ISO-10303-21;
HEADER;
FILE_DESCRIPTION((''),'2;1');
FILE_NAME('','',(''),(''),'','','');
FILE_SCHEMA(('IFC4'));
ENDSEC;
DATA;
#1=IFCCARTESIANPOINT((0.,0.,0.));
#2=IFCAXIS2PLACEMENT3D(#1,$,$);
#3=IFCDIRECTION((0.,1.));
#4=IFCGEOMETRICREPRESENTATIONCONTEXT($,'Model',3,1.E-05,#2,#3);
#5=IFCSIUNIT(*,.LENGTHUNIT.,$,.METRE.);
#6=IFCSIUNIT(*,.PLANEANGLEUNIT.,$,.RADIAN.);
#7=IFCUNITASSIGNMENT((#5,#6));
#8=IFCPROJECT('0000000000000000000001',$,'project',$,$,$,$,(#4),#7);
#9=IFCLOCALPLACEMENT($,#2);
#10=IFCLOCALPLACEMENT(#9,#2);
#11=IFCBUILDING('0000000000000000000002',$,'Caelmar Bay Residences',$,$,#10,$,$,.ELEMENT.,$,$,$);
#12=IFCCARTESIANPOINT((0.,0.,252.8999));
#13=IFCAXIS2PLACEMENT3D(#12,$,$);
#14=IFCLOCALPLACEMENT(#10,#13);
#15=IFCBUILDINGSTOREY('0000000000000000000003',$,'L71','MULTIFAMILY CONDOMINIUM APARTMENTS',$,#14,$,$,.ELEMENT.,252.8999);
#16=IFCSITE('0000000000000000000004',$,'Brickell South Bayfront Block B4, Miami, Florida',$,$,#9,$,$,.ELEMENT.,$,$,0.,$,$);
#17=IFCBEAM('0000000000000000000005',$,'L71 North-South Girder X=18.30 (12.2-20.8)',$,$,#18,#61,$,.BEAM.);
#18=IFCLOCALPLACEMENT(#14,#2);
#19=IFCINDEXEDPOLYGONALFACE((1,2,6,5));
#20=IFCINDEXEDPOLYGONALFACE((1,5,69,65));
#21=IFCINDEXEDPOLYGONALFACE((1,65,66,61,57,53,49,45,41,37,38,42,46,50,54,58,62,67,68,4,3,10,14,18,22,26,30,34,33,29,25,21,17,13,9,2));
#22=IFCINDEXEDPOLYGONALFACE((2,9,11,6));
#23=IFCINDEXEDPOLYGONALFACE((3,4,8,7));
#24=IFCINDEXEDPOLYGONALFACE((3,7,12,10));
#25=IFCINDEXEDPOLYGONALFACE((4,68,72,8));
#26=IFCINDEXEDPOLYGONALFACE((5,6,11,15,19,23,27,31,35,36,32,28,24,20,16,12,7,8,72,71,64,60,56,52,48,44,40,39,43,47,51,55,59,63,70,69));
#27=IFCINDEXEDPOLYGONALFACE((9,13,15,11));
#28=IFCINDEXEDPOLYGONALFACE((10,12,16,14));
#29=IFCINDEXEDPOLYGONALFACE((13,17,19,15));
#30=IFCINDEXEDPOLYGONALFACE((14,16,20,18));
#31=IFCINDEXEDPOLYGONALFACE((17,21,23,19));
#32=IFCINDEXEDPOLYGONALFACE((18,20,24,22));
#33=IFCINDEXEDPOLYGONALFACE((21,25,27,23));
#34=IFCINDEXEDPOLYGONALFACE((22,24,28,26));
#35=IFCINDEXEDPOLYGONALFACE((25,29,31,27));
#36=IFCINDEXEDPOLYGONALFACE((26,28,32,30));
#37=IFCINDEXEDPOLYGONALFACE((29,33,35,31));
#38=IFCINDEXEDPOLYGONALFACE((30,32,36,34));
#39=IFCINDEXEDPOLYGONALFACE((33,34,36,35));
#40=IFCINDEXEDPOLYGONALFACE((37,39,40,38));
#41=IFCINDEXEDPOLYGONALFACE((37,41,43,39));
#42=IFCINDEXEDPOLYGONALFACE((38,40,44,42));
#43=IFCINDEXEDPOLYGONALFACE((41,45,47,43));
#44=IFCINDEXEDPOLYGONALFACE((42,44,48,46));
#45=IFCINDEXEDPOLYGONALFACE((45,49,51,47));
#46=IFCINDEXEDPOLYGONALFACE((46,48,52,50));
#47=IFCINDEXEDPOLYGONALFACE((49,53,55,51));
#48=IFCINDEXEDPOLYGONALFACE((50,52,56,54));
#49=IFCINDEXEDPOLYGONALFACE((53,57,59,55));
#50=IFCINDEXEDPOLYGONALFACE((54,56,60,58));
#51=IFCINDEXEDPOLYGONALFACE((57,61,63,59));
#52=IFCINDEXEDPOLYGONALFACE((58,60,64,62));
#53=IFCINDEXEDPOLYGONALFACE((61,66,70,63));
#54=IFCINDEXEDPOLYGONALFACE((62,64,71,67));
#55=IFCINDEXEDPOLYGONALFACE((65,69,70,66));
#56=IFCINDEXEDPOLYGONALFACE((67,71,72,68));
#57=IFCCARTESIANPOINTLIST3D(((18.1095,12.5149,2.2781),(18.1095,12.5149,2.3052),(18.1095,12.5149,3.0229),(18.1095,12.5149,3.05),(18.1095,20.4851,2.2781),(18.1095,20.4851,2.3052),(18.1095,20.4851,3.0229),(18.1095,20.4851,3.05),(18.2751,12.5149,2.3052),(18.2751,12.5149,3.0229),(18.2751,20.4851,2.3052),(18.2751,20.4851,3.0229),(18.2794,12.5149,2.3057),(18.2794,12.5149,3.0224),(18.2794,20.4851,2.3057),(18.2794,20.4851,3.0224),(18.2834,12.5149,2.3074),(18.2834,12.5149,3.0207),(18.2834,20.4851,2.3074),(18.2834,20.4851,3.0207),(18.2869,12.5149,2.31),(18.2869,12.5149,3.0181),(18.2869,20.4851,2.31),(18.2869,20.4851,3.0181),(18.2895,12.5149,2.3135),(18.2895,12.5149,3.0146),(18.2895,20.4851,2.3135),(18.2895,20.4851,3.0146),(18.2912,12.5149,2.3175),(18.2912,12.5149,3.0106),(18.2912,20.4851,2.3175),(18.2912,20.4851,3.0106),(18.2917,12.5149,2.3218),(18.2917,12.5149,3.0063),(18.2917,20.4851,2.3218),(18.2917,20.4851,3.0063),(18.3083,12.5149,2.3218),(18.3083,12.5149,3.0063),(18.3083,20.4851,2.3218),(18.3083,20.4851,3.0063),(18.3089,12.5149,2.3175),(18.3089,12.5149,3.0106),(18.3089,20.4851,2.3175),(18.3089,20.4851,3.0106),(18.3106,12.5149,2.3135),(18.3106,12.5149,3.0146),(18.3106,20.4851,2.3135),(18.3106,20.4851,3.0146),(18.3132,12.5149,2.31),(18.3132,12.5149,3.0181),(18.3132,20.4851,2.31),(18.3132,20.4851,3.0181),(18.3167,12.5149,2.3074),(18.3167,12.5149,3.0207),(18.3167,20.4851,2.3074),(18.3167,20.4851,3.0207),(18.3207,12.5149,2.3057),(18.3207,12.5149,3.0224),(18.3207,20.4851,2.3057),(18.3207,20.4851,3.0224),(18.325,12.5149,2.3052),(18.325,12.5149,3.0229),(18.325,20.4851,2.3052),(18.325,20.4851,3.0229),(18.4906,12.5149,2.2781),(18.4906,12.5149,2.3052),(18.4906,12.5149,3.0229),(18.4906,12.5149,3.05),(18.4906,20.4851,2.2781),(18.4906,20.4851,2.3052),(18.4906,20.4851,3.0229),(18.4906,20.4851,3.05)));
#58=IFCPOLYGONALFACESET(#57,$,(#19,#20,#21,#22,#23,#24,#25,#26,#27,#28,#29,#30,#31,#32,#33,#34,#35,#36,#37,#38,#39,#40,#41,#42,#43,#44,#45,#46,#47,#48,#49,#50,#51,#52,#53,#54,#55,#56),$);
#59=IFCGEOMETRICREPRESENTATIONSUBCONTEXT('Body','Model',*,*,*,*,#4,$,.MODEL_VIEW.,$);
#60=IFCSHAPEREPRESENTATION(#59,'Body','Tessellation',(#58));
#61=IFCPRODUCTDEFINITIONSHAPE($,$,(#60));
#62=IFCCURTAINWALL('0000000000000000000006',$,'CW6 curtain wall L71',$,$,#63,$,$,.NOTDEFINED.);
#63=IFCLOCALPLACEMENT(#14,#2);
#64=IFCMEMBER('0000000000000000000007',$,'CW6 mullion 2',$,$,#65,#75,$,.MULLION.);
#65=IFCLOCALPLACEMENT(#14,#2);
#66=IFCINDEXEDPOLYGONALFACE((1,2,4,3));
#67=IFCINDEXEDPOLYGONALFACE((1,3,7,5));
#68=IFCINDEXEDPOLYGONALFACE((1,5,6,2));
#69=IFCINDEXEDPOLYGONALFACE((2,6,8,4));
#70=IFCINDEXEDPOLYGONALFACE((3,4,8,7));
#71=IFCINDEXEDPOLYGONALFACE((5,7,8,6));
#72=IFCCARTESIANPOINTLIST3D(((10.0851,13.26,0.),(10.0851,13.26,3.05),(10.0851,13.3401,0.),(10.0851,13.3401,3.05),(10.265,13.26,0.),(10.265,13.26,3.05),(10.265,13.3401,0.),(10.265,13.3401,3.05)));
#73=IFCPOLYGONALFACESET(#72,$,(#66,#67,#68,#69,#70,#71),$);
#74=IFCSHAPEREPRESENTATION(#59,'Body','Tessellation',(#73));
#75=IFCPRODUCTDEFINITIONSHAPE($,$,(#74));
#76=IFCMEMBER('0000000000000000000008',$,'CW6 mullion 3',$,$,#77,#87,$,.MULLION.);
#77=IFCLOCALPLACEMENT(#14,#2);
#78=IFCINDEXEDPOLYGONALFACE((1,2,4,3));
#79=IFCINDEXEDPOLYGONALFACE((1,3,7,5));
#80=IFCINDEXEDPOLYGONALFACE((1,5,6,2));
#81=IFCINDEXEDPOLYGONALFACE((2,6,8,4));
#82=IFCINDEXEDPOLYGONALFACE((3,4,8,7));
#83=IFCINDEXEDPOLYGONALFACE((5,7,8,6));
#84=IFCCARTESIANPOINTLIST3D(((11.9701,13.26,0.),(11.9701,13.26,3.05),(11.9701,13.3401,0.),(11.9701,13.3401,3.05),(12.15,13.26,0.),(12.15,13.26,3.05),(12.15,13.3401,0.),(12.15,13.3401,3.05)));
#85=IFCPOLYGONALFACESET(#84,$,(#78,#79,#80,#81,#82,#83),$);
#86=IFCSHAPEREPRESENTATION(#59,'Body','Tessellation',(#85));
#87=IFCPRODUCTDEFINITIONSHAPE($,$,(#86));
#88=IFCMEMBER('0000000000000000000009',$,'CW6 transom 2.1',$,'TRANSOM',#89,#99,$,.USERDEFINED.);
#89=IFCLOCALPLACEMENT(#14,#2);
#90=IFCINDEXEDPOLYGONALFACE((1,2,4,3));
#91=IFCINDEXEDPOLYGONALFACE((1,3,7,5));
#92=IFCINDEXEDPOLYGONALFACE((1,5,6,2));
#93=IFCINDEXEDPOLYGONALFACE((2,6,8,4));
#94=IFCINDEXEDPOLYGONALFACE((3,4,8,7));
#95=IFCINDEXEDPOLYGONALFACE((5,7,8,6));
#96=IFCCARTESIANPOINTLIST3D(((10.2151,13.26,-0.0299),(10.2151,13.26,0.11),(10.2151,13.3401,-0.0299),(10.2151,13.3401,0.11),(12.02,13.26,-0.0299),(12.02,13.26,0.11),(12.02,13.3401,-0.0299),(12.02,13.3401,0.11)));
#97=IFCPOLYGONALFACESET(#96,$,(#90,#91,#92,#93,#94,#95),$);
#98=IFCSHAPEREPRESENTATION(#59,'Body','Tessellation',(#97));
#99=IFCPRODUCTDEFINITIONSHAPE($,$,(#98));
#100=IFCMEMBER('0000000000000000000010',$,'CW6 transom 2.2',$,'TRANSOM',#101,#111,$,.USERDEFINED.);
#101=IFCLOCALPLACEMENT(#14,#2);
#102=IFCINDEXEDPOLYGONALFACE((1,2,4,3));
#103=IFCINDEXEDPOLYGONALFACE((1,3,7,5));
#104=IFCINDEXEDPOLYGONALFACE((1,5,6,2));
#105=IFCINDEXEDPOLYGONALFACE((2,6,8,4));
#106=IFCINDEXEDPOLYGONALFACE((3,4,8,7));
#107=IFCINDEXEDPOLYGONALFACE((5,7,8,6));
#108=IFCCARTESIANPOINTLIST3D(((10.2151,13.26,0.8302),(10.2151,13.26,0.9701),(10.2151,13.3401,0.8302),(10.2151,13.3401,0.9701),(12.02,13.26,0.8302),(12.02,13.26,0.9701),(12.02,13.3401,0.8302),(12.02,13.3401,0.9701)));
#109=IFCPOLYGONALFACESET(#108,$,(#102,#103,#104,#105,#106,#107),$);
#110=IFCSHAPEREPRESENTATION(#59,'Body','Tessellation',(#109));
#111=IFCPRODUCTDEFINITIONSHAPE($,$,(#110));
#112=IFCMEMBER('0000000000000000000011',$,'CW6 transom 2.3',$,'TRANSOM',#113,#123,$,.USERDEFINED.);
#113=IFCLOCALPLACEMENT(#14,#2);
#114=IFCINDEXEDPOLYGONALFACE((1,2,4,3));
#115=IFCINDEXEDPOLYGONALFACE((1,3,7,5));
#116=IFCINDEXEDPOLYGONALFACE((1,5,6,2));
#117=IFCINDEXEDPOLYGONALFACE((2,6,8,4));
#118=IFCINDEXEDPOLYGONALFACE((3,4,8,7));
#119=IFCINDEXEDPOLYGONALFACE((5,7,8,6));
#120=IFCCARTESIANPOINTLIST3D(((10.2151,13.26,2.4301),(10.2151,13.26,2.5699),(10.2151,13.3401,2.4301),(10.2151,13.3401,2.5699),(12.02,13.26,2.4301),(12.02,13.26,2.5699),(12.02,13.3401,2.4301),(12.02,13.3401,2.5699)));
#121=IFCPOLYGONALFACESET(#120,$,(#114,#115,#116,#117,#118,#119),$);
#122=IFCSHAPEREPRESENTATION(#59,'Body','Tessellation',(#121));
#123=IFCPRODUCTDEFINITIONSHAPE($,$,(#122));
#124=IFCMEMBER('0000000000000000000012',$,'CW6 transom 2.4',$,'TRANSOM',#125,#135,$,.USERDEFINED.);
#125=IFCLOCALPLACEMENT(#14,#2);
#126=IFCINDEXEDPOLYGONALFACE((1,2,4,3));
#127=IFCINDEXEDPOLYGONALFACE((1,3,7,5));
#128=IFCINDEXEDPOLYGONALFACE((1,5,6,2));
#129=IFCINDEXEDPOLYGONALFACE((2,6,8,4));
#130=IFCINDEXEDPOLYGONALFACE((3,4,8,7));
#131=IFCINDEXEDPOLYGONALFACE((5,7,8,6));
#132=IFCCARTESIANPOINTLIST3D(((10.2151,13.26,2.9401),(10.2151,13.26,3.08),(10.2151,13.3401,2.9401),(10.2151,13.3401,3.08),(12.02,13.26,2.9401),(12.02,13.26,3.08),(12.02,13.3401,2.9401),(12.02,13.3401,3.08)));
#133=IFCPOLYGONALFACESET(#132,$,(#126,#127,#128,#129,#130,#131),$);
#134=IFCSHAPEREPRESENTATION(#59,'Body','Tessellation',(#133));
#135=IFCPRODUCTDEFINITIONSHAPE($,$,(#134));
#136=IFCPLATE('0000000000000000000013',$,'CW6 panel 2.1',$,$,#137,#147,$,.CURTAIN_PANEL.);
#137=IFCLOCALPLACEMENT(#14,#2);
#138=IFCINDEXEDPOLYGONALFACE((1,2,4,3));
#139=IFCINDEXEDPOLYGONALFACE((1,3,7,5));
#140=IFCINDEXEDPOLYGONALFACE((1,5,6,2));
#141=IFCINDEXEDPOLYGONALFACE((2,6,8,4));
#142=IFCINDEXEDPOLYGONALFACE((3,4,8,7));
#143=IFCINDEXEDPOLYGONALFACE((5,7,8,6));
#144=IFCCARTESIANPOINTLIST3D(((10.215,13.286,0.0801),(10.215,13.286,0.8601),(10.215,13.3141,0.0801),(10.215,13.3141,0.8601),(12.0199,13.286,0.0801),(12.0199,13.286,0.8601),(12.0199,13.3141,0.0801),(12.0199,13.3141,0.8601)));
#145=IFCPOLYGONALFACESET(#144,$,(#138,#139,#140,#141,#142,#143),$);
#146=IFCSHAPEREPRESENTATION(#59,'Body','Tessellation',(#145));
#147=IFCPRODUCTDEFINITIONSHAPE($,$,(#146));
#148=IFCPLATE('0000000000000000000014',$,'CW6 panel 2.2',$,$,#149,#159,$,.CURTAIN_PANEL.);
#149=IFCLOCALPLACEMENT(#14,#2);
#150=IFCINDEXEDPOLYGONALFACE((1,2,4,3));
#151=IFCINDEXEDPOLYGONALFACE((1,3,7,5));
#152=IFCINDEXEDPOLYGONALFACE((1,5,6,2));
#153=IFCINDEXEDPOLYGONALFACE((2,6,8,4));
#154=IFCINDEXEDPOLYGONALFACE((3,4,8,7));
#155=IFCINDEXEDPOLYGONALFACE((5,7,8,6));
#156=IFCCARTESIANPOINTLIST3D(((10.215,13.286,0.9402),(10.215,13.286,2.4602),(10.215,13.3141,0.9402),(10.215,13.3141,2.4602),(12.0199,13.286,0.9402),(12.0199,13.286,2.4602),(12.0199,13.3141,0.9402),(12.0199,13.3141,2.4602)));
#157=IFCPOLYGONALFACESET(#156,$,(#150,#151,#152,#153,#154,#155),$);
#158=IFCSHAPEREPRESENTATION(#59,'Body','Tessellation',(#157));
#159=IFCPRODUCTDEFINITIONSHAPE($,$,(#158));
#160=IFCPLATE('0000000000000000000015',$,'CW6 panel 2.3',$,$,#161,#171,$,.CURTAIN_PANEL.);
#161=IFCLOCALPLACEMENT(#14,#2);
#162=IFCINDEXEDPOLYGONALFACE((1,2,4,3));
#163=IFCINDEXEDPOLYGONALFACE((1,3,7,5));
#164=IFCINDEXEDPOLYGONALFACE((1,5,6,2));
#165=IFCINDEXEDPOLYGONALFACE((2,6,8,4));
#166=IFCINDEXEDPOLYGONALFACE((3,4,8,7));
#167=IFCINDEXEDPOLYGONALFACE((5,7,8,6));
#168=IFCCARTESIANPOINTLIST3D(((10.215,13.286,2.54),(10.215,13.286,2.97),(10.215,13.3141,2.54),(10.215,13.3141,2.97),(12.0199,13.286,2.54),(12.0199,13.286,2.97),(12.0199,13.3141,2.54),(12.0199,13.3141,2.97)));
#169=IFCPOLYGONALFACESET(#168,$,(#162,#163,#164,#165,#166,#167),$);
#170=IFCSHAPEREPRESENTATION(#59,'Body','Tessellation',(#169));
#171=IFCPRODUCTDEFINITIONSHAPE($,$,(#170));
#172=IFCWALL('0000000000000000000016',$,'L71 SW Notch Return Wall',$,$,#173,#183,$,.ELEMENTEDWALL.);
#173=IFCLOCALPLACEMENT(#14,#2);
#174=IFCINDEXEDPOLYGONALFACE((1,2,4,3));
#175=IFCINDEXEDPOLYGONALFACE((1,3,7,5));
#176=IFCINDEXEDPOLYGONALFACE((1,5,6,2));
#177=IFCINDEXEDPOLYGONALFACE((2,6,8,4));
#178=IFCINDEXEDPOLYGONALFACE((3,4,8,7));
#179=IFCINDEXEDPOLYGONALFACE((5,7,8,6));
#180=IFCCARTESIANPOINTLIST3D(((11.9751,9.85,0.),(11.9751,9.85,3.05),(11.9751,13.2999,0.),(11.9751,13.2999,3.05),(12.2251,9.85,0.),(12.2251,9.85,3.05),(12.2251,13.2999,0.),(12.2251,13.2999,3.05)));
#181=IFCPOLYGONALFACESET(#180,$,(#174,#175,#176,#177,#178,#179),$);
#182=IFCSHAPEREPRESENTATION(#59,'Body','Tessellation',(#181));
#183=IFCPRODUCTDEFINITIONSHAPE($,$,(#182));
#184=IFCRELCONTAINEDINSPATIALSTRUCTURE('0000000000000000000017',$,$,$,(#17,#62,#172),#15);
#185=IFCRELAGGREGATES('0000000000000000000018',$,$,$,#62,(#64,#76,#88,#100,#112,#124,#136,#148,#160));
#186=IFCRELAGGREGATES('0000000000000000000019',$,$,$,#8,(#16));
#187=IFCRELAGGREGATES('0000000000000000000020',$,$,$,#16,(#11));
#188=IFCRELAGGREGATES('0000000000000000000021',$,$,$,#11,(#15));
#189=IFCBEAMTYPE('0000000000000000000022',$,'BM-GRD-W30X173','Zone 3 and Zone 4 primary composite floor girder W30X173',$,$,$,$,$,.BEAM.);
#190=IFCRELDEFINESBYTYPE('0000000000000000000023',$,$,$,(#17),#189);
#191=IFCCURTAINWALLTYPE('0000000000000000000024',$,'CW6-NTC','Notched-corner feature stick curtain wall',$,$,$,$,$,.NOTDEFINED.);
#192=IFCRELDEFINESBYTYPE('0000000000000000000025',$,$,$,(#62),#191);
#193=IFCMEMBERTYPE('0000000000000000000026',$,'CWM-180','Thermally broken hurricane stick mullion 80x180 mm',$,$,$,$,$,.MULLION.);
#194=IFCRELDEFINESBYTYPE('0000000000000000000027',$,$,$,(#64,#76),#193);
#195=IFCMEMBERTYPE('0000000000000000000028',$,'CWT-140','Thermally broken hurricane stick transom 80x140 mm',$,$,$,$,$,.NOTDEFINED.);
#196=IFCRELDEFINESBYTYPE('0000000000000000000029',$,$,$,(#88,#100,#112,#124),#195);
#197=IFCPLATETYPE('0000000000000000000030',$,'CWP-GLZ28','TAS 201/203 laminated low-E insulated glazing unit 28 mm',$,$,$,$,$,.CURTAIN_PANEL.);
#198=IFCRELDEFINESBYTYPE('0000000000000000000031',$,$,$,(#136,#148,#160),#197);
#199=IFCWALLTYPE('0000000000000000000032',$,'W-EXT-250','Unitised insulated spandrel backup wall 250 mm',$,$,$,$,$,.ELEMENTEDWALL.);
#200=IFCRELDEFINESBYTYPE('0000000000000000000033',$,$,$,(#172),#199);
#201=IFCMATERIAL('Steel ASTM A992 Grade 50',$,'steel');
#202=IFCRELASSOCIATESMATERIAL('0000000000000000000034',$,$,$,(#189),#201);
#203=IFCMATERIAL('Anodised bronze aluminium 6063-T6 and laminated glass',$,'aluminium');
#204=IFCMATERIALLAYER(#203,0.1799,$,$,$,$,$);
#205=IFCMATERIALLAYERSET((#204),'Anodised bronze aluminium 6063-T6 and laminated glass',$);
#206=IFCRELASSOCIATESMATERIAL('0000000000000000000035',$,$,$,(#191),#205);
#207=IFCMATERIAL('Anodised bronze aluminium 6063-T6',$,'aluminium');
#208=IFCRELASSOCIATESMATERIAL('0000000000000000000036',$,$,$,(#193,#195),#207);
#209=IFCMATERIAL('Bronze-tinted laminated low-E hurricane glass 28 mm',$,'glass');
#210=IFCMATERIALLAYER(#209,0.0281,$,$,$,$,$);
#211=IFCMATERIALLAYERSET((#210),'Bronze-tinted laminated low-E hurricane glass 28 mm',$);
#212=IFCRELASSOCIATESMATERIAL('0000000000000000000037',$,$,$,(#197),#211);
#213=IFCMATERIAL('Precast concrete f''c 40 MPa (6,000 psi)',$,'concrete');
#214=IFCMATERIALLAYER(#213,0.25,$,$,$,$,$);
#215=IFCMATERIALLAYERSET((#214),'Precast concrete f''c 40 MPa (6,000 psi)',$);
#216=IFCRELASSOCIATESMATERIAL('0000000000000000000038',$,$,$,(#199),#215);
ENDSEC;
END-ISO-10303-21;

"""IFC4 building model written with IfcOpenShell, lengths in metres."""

from ifc_helpers import new_model, si_unit, direction, frame, frame_2d, origin, origin_2d, place, context, subcontext, project, spatial, rectangle, i_section, extrude, material, layer, layer_set, material_profile, profile_set, type_object, element, aggregate, save


model = new_model("IFC4")

# Units and contexts
model_context = context("Model", 3, precision=1e-05, world=origin(), true_north=direction((0.0, 1.0)))
body_context = subcontext(model_context, "Body", "Model", "MODEL_VIEW")
ifc_project = project(units=[si_unit("LENGTHUNIT", "METRE"), si_unit("PLANEANGLEUNIT", "RADIAN")], contexts=[model_context])

# Site, building, storey
site_placement = place(None, origin())
site = spatial("IfcSite", under=ifc_project, at=site_placement, Name="Brickell South Bayfront Block B4, Miami, Florida", CompositionType="ELEMENT", RefElevation=0.0)
building_placement = place(site_placement, origin())
building = spatial("IfcBuilding", under=site, at=building_placement, Name="Caelmar Bay Residences", CompositionType="ELEMENT")
storey_placement = place(building_placement, frame((0.0, 0.0, 252.8999)))
storey = spatial("IfcBuildingStorey", under=building, at=storey_placement, Name="L71", Description="MULTIFAMILY CONDOMINIUM APARTMENTS", CompositionType="ELEMENT", Elevation=252.8999)

# Beam
ifc_material_1 = material(Name="Steel ASTM A992 Grade 50", Category="steel")
ifc_material_profile_1 = material_profile(ifc_material_1, i_section(OverallWidth=0.3811, OverallDepth=0.772, WebThickness=0.0166, FlangeThickness=0.0271, FilletRadius=0.0166, at=origin_2d()), Name="W30X173")
ifc_profile_set_1 = profile_set([ifc_material_profile_1], Name="Steel ASTM A992 Grade 50")
beam_type_1 = type_object("IfcBeamType", Name="BM-GRD-W30X173", Description="Zone 3 and Zone 4 primary composite floor girder W30X173", PredefinedType="BEAM", material=ifc_profile_set_1)
beam_1_placement = place(storey_placement, frame((18.3, 12.5149, 2.6641), z_axis=(0.0, 1.0, 0.0), x_axis=(-1.0, 0.0, 0.0)))
element("IfcBeam", 1, at=beam_1_placement, inside=storey, type_object=beam_type_1, Name="L71 North-South Girder X=18.30 (12.2-20.8)", PredefinedType="BEAM", context=body_context, shape_type="SweptSolid", body=[
    extrude(i_section(OverallWidth=0.3811, OverallDepth=0.772, WebThickness=0.0166, FlangeThickness=0.0271, FilletRadius=0.0166, at=origin_2d()), origin(), (0.0, 0.0, 1.0), 7.9702),
])

# Curtain wall, members, plates
ifc_material_2 = material(Name="Anodised bronze aluminium 6063-T6 and laminated glass", Category="aluminium")
ifc_layer_1 = layer(ifc_material_2, 0.1799)
ifc_layer_set_1 = layer_set([ifc_layer_1], Name="Anodised bronze aluminium 6063-T6 and laminated glass")
curtain_wall_type = type_object("IfcCurtainWallType", Name="CW6-NTC", Description="Notched-corner feature stick curtain wall", PredefinedType="NOTDEFINED", material=ifc_layer_set_1)
curtain_wall_placement = place(storey_placement, origin())
curtain_wall = element("IfcCurtainWall", 2, at=curtain_wall_placement, inside=storey, type_object=curtain_wall_type, Name="CW6 curtain wall L71", PredefinedType="NOTDEFINED")
ifc_material_3 = material(Name="Anodised bronze aluminium 6063-T6", Category="aluminium")
ifc_material_profile_2 = material_profile(ifc_material_3, rectangle(XDim=0.0801, YDim=0.1799, at=origin_2d()), Name="CWM-80X180")
ifc_profile_set_2 = profile_set([ifc_material_profile_2], Name="Anodised bronze aluminium 6063-T6")
member_type_1 = type_object("IfcMemberType", Name="CWM-180", Description="Thermally broken hurricane stick mullion 80x180 mm", PredefinedType="MULLION", material=ifc_profile_set_2)
member_1_placement = place(storey_placement, frame((10.175, 13.3, 0.0), z_axis=(0.0, 0.0, 1.0), x_axis=(0.0, 1.0, 0.0)))
member_1 = element("IfcMember", 3, at=member_1_placement, type_object=member_type_1, Name="CW6 mullion 2", PredefinedType="MULLION", context=body_context, shape_type="SweptSolid", body=[
    extrude(rectangle(XDim=0.0801, YDim=0.1799, at=origin_2d()), origin(), (0.0, 0.0, 1.0), 3.05),
])
member_2_placement = place(storey_placement, frame((12.0601, 13.3, 0.0), z_axis=(0.0, 0.0, 1.0), x_axis=(0.0, 1.0, 0.0)))
member_2 = element("IfcMember", 4, at=member_2_placement, type_object=member_type_1, Name="CW6 mullion 3", PredefinedType="MULLION", context=body_context, shape_type="SweptSolid", body=[
    extrude(rectangle(XDim=0.0801, YDim=0.1799, at=origin_2d()), origin(), (0.0, 0.0, 1.0), 3.05),
])
ifc_material_profile_3 = material_profile(ifc_material_3, rectangle(XDim=0.0801, YDim=0.1399, at=origin_2d()), Name="CWT-80X140")
ifc_profile_set_3 = profile_set([ifc_material_profile_3], Name="Anodised bronze aluminium 6063-T6")
member_type_2 = type_object("IfcMemberType", Name="CWT-140", Description="Thermally broken hurricane stick transom 80x140 mm", PredefinedType="NOTDEFINED", material=ifc_profile_set_3)
member_3_placement = place(storey_placement, frame((10.2151, 13.3, 0.04), z_axis=(1.0, 0.0, 0.0), x_axis=(0.0, 1.0, 0.0)))
member_3 = element("IfcMember", 5, at=member_3_placement, type_object=member_type_2, Name="CW6 transom 2.1", ObjectType="TRANSOM", PredefinedType="USERDEFINED", context=body_context, shape_type="SweptSolid", body=[
    extrude(rectangle(XDim=0.0801, YDim=0.1399, at=origin_2d()), origin(), (0.0, 0.0, 1.0), 1.8049),
])
member_4_placement = place(storey_placement, frame((10.2151, 13.3, 0.9001), z_axis=(1.0, 0.0, 0.0), x_axis=(0.0, 1.0, 0.0)))
member_4 = element("IfcMember", 6, at=member_4_placement, type_object=member_type_2, Name="CW6 transom 2.2", ObjectType="TRANSOM", PredefinedType="USERDEFINED", context=body_context, shape_type="SweptSolid", body=[
    extrude(rectangle(XDim=0.0801, YDim=0.1399, at=origin_2d()), origin(), (0.0, 0.0, 1.0), 1.8049),
])
member_5_placement = place(storey_placement, frame((10.2151, 13.3, 2.5), z_axis=(1.0, 0.0, 0.0), x_axis=(0.0, 1.0, 0.0)))
member_5 = element("IfcMember", 7, at=member_5_placement, type_object=member_type_2, Name="CW6 transom 2.3", ObjectType="TRANSOM", PredefinedType="USERDEFINED", context=body_context, shape_type="SweptSolid", body=[
    extrude(rectangle(XDim=0.0801, YDim=0.1399, at=origin_2d()), origin(), (0.0, 0.0, 1.0), 1.8049),
])
member_6_placement = place(storey_placement, frame((10.2151, 13.3, 3.01), z_axis=(1.0, 0.0, 0.0), x_axis=(0.0, 1.0, 0.0)))
member_6 = element("IfcMember", 8, at=member_6_placement, type_object=member_type_2, Name="CW6 transom 2.4", ObjectType="TRANSOM", PredefinedType="USERDEFINED", context=body_context, shape_type="SweptSolid", body=[
    extrude(rectangle(XDim=0.0801, YDim=0.1399, at=origin_2d()), origin(), (0.0, 0.0, 1.0), 1.8049),
])
ifc_material_4 = material(Name="Bronze-tinted laminated low-E hurricane glass 28 mm", Category="glass")
ifc_layer_2 = layer(ifc_material_4, 0.0281)
ifc_layer_set_2 = layer_set([ifc_layer_2], Name="Bronze-tinted laminated low-E hurricane glass 28 mm")
plate_type = type_object("IfcPlateType", Name="CWP-GLZ28", Description="TAS 201/203 laminated low-E insulated glazing unit 28 mm", PredefinedType="CURTAIN_PANEL", material=ifc_layer_set_2)
plate_1_placement = place(storey_placement, frame((11.1174, 13.3, 0.0801), z_axis=(0.0, 0.0, 1.0), x_axis=(1.0, 0.0, 0.0)))
plate_1 = element("IfcPlate", 9, at=plate_1_placement, type_object=plate_type, Name="CW6 panel 2.1", PredefinedType="CURTAIN_PANEL", context=body_context, shape_type="SweptSolid", body=[
    extrude(rectangle(XDim=1.8049, YDim=0.0281, at=origin_2d()), origin(), (0.0, 0.0, 1.0), 0.78),
])
plate_2_placement = place(storey_placement, frame((11.1174, 13.3, 0.9402), z_axis=(0.0, 0.0, 1.0), x_axis=(1.0, 0.0, 0.0)))
plate_2 = element("IfcPlate", 10, at=plate_2_placement, type_object=plate_type, Name="CW6 panel 2.2", PredefinedType="CURTAIN_PANEL", context=body_context, shape_type="SweptSolid", body=[
    extrude(rectangle(XDim=1.8049, YDim=0.0281, at=origin_2d()), origin(), (0.0, 0.0, 1.0), 1.52),
])
plate_3_placement = place(storey_placement, frame((11.1174, 13.3, 2.54), z_axis=(0.0, 0.0, 1.0), x_axis=(1.0, 0.0, 0.0)))
plate_3 = element("IfcPlate", 11, at=plate_3_placement, type_object=plate_type, Name="CW6 panel 2.3", PredefinedType="CURTAIN_PANEL", context=body_context, shape_type="SweptSolid", body=[
    extrude(rectangle(XDim=1.8049, YDim=0.0281, at=origin_2d()), origin(), (0.0, 0.0, 1.0), 0.4299),
])
aggregate(curtain_wall, [member_1, member_2, member_3, member_4, member_5, member_6, plate_1, plate_2, plate_3])

# Wall
ifc_material_5 = material(Name="Precast concrete f'c 40 MPa (6,000 psi)", Category="concrete")
ifc_layer_3 = layer(ifc_material_5, 0.25)
ifc_layer_set_3 = layer_set([ifc_layer_3], Name="Precast concrete f'c 40 MPa (6,000 psi)")
wall_type_1 = type_object("IfcWallType", Name="W-EXT-250", Description="Unitised insulated spandrel backup wall 250 mm", PredefinedType="ELEMENTEDWALL", material=ifc_layer_set_3)
wall_1_placement = place(storey_placement, frame((12.1001, 13.3, 0.0), z_axis=(0.0, 0.0, 1.0), x_axis=(0.0, -1.0, 0.0)))
element("IfcWall", 12, at=wall_1_placement, inside=storey, type_object=wall_type_1, Name="L71 SW Notch Return Wall", PredefinedType="ELEMENTEDWALL", context=body_context, shape_type="SweptSolid", body=[
    extrude(rectangle(XDim=3.45, YDim=0.25, at=frame_2d((1.7251, 0.0))), origin(), (0.0, 0.0, 1.0), 3.05),
])

save(model, "model.ifc")
